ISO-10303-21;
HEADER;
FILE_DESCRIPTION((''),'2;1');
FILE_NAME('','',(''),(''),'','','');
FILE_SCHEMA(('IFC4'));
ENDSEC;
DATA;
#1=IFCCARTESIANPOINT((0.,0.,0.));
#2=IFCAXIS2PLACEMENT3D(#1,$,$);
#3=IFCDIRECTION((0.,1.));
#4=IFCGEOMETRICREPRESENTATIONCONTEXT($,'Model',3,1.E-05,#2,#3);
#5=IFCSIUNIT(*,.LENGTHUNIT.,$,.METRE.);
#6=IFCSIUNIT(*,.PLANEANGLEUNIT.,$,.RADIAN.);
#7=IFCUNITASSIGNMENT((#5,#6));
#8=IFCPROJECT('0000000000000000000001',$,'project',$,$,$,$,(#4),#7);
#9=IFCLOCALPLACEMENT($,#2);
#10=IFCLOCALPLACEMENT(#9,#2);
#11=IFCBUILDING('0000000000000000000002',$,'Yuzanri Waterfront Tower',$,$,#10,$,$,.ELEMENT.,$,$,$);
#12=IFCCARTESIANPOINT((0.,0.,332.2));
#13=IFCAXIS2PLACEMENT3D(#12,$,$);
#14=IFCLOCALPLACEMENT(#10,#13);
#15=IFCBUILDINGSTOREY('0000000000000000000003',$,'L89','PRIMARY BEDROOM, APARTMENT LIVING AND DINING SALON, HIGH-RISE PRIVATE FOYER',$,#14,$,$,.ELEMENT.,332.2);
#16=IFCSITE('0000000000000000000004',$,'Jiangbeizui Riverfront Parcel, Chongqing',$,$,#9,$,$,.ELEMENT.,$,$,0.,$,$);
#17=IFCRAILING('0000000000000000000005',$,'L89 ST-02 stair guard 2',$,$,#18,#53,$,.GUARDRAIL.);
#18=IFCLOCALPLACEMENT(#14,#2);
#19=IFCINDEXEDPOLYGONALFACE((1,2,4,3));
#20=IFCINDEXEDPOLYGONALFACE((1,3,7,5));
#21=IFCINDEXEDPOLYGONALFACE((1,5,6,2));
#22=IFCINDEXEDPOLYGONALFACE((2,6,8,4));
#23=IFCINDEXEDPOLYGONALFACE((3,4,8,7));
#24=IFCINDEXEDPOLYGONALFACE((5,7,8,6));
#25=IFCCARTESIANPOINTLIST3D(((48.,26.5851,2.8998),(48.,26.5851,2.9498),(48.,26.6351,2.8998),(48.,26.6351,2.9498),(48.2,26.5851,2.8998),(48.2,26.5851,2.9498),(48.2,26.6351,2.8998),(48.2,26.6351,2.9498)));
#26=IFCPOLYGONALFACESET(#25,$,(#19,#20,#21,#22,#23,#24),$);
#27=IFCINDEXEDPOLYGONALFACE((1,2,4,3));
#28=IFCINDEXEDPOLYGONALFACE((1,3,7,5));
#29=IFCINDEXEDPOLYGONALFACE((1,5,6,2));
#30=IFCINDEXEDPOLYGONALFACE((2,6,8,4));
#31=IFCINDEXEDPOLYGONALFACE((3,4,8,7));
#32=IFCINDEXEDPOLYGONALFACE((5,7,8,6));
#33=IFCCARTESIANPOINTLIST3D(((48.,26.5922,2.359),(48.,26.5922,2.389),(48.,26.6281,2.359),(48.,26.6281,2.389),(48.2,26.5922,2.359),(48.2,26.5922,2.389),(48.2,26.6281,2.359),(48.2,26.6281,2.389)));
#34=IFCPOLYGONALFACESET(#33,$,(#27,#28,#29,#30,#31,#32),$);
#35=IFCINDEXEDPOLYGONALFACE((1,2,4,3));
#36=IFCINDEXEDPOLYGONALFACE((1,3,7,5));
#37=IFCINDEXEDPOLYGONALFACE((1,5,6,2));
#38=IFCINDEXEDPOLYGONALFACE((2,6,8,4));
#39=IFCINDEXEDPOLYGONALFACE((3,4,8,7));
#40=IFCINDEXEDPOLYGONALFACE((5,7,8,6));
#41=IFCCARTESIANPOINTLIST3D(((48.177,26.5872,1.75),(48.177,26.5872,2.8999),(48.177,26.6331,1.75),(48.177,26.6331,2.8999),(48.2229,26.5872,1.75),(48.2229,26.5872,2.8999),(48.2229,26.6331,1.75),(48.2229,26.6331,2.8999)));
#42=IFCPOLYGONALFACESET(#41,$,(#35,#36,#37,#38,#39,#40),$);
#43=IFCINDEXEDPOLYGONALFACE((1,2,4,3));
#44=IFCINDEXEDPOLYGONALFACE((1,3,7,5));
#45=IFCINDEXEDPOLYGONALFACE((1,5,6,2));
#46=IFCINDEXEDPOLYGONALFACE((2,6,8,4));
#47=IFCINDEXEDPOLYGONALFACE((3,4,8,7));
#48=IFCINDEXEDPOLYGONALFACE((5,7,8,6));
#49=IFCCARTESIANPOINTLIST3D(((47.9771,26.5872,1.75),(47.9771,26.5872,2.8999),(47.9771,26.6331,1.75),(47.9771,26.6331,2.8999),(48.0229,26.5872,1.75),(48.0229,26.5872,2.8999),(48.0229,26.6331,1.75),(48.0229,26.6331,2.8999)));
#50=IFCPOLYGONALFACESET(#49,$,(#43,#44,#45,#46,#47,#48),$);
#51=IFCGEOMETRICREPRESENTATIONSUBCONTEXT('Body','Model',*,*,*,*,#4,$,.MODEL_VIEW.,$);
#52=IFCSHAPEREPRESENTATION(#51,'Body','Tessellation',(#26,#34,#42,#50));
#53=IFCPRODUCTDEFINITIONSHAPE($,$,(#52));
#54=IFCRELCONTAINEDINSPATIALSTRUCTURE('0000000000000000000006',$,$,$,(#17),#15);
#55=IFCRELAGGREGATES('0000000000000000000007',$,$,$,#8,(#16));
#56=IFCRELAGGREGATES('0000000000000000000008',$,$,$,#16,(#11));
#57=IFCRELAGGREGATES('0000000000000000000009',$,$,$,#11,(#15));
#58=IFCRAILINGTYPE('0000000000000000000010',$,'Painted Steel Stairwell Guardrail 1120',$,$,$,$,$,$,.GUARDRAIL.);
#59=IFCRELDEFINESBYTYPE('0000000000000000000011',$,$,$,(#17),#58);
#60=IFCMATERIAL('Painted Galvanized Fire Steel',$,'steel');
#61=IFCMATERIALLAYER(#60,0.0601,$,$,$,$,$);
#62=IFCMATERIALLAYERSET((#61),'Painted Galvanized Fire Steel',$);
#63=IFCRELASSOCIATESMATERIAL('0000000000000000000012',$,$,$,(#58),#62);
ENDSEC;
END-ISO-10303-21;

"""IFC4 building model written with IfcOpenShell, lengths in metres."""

from ifc_helpers import new_model, si_unit, direction, frame, origin, origin_2d, place, context, subcontext, project, spatial, rectangle, extrude, source, transform, mapped, material, layer, layer_set, type_object, element, save


model = new_model("IFC4")

# Units and contexts
model_context = context("Model", 3, precision=1e-05, world=origin(), true_north=direction((0.0, 1.0)))
body_context = subcontext(model_context, "Body", "Model", "MODEL_VIEW")
ifc_project = project(units=[si_unit("LENGTHUNIT", "METRE"), si_unit("PLANEANGLEUNIT", "RADIAN")], contexts=[model_context])

# Site, building, storey
site_placement = place(None, origin())
site = spatial("IfcSite", under=ifc_project, at=site_placement, Name="Jiangbeizui Riverfront Parcel, Chongqing", CompositionType="ELEMENT", RefElevation=0.0)
building_placement = place(site_placement, origin())
building = spatial("IfcBuilding", under=site, at=building_placement, Name="Yuzanri Waterfront Tower", CompositionType="ELEMENT")
storey_placement = place(building_placement, frame((0.0, 0.0, 332.2)))
storey = spatial("IfcBuildingStorey", under=building, at=storey_placement, Name="L89", Description="PRIMARY BEDROOM, APARTMENT LIVING AND DINING SALON, HIGH-RISE PRIVATE FOYER", CompositionType="ELEMENT", Elevation=332.2)

# Railing
ifc_material_1 = material(Name="Painted Galvanized Fire Steel", Category="steel")
ifc_layer_1 = layer(ifc_material_1, 0.0601)
ifc_layer_set_1 = layer_set([ifc_layer_1], Name="Painted Galvanized Fire Steel")
railing_type = type_object("IfcRailingType", Name="Painted Steel Stairwell Guardrail 1120", PredefinedType="GUARDRAIL", material=ifc_layer_set_1)
shared_shape_1 = source(origin(), body_context, "Body", "SweptSolid", [
    extrude(rectangle(XDim=0.05, YDim=0.05, at=origin_2d()), frame((0.0, 0.0, 1.1748), z_axis=(-1.0, 0.0, 0.0), x_axis=(0.0, -1.0, 0.0)), (0.0, 0.0, 1.0), 0.2),
    extrude(rectangle(XDim=0.0359, YDim=0.03, at=origin_2d()), frame((0.0, 0.0, 0.624), z_axis=(-1.0, 0.0, 0.0), x_axis=(0.0, -1.0, 0.0)), (0.0, 0.0, 1.0), 0.2),
    extrude(rectangle(XDim=0.0459, YDim=0.0459, at=origin_2d()), origin(), (0.0, 0.0, 1.0), 1.1499),
    extrude(rectangle(XDim=0.0459, YDim=0.0459, at=origin_2d()), frame((-0.2, 0.0, 0.0)), (0.0, 0.0, 1.0), 1.1499),
])
railing_placement = place(storey_placement, frame((48.2, 26.6101, 1.75)))
element("IfcRailing", 1, at=railing_placement, inside=storey, type_object=railing_type, Name="L89 ST-02 stair guard 2", PredefinedType="GUARDRAIL", context=body_context, shape_type="MappedRepresentation", body=[
    mapped(shared_shape_1, transform((0.0, 0.0, 0.0), scale=1.0)),
])

save(model, "model.ifc")
